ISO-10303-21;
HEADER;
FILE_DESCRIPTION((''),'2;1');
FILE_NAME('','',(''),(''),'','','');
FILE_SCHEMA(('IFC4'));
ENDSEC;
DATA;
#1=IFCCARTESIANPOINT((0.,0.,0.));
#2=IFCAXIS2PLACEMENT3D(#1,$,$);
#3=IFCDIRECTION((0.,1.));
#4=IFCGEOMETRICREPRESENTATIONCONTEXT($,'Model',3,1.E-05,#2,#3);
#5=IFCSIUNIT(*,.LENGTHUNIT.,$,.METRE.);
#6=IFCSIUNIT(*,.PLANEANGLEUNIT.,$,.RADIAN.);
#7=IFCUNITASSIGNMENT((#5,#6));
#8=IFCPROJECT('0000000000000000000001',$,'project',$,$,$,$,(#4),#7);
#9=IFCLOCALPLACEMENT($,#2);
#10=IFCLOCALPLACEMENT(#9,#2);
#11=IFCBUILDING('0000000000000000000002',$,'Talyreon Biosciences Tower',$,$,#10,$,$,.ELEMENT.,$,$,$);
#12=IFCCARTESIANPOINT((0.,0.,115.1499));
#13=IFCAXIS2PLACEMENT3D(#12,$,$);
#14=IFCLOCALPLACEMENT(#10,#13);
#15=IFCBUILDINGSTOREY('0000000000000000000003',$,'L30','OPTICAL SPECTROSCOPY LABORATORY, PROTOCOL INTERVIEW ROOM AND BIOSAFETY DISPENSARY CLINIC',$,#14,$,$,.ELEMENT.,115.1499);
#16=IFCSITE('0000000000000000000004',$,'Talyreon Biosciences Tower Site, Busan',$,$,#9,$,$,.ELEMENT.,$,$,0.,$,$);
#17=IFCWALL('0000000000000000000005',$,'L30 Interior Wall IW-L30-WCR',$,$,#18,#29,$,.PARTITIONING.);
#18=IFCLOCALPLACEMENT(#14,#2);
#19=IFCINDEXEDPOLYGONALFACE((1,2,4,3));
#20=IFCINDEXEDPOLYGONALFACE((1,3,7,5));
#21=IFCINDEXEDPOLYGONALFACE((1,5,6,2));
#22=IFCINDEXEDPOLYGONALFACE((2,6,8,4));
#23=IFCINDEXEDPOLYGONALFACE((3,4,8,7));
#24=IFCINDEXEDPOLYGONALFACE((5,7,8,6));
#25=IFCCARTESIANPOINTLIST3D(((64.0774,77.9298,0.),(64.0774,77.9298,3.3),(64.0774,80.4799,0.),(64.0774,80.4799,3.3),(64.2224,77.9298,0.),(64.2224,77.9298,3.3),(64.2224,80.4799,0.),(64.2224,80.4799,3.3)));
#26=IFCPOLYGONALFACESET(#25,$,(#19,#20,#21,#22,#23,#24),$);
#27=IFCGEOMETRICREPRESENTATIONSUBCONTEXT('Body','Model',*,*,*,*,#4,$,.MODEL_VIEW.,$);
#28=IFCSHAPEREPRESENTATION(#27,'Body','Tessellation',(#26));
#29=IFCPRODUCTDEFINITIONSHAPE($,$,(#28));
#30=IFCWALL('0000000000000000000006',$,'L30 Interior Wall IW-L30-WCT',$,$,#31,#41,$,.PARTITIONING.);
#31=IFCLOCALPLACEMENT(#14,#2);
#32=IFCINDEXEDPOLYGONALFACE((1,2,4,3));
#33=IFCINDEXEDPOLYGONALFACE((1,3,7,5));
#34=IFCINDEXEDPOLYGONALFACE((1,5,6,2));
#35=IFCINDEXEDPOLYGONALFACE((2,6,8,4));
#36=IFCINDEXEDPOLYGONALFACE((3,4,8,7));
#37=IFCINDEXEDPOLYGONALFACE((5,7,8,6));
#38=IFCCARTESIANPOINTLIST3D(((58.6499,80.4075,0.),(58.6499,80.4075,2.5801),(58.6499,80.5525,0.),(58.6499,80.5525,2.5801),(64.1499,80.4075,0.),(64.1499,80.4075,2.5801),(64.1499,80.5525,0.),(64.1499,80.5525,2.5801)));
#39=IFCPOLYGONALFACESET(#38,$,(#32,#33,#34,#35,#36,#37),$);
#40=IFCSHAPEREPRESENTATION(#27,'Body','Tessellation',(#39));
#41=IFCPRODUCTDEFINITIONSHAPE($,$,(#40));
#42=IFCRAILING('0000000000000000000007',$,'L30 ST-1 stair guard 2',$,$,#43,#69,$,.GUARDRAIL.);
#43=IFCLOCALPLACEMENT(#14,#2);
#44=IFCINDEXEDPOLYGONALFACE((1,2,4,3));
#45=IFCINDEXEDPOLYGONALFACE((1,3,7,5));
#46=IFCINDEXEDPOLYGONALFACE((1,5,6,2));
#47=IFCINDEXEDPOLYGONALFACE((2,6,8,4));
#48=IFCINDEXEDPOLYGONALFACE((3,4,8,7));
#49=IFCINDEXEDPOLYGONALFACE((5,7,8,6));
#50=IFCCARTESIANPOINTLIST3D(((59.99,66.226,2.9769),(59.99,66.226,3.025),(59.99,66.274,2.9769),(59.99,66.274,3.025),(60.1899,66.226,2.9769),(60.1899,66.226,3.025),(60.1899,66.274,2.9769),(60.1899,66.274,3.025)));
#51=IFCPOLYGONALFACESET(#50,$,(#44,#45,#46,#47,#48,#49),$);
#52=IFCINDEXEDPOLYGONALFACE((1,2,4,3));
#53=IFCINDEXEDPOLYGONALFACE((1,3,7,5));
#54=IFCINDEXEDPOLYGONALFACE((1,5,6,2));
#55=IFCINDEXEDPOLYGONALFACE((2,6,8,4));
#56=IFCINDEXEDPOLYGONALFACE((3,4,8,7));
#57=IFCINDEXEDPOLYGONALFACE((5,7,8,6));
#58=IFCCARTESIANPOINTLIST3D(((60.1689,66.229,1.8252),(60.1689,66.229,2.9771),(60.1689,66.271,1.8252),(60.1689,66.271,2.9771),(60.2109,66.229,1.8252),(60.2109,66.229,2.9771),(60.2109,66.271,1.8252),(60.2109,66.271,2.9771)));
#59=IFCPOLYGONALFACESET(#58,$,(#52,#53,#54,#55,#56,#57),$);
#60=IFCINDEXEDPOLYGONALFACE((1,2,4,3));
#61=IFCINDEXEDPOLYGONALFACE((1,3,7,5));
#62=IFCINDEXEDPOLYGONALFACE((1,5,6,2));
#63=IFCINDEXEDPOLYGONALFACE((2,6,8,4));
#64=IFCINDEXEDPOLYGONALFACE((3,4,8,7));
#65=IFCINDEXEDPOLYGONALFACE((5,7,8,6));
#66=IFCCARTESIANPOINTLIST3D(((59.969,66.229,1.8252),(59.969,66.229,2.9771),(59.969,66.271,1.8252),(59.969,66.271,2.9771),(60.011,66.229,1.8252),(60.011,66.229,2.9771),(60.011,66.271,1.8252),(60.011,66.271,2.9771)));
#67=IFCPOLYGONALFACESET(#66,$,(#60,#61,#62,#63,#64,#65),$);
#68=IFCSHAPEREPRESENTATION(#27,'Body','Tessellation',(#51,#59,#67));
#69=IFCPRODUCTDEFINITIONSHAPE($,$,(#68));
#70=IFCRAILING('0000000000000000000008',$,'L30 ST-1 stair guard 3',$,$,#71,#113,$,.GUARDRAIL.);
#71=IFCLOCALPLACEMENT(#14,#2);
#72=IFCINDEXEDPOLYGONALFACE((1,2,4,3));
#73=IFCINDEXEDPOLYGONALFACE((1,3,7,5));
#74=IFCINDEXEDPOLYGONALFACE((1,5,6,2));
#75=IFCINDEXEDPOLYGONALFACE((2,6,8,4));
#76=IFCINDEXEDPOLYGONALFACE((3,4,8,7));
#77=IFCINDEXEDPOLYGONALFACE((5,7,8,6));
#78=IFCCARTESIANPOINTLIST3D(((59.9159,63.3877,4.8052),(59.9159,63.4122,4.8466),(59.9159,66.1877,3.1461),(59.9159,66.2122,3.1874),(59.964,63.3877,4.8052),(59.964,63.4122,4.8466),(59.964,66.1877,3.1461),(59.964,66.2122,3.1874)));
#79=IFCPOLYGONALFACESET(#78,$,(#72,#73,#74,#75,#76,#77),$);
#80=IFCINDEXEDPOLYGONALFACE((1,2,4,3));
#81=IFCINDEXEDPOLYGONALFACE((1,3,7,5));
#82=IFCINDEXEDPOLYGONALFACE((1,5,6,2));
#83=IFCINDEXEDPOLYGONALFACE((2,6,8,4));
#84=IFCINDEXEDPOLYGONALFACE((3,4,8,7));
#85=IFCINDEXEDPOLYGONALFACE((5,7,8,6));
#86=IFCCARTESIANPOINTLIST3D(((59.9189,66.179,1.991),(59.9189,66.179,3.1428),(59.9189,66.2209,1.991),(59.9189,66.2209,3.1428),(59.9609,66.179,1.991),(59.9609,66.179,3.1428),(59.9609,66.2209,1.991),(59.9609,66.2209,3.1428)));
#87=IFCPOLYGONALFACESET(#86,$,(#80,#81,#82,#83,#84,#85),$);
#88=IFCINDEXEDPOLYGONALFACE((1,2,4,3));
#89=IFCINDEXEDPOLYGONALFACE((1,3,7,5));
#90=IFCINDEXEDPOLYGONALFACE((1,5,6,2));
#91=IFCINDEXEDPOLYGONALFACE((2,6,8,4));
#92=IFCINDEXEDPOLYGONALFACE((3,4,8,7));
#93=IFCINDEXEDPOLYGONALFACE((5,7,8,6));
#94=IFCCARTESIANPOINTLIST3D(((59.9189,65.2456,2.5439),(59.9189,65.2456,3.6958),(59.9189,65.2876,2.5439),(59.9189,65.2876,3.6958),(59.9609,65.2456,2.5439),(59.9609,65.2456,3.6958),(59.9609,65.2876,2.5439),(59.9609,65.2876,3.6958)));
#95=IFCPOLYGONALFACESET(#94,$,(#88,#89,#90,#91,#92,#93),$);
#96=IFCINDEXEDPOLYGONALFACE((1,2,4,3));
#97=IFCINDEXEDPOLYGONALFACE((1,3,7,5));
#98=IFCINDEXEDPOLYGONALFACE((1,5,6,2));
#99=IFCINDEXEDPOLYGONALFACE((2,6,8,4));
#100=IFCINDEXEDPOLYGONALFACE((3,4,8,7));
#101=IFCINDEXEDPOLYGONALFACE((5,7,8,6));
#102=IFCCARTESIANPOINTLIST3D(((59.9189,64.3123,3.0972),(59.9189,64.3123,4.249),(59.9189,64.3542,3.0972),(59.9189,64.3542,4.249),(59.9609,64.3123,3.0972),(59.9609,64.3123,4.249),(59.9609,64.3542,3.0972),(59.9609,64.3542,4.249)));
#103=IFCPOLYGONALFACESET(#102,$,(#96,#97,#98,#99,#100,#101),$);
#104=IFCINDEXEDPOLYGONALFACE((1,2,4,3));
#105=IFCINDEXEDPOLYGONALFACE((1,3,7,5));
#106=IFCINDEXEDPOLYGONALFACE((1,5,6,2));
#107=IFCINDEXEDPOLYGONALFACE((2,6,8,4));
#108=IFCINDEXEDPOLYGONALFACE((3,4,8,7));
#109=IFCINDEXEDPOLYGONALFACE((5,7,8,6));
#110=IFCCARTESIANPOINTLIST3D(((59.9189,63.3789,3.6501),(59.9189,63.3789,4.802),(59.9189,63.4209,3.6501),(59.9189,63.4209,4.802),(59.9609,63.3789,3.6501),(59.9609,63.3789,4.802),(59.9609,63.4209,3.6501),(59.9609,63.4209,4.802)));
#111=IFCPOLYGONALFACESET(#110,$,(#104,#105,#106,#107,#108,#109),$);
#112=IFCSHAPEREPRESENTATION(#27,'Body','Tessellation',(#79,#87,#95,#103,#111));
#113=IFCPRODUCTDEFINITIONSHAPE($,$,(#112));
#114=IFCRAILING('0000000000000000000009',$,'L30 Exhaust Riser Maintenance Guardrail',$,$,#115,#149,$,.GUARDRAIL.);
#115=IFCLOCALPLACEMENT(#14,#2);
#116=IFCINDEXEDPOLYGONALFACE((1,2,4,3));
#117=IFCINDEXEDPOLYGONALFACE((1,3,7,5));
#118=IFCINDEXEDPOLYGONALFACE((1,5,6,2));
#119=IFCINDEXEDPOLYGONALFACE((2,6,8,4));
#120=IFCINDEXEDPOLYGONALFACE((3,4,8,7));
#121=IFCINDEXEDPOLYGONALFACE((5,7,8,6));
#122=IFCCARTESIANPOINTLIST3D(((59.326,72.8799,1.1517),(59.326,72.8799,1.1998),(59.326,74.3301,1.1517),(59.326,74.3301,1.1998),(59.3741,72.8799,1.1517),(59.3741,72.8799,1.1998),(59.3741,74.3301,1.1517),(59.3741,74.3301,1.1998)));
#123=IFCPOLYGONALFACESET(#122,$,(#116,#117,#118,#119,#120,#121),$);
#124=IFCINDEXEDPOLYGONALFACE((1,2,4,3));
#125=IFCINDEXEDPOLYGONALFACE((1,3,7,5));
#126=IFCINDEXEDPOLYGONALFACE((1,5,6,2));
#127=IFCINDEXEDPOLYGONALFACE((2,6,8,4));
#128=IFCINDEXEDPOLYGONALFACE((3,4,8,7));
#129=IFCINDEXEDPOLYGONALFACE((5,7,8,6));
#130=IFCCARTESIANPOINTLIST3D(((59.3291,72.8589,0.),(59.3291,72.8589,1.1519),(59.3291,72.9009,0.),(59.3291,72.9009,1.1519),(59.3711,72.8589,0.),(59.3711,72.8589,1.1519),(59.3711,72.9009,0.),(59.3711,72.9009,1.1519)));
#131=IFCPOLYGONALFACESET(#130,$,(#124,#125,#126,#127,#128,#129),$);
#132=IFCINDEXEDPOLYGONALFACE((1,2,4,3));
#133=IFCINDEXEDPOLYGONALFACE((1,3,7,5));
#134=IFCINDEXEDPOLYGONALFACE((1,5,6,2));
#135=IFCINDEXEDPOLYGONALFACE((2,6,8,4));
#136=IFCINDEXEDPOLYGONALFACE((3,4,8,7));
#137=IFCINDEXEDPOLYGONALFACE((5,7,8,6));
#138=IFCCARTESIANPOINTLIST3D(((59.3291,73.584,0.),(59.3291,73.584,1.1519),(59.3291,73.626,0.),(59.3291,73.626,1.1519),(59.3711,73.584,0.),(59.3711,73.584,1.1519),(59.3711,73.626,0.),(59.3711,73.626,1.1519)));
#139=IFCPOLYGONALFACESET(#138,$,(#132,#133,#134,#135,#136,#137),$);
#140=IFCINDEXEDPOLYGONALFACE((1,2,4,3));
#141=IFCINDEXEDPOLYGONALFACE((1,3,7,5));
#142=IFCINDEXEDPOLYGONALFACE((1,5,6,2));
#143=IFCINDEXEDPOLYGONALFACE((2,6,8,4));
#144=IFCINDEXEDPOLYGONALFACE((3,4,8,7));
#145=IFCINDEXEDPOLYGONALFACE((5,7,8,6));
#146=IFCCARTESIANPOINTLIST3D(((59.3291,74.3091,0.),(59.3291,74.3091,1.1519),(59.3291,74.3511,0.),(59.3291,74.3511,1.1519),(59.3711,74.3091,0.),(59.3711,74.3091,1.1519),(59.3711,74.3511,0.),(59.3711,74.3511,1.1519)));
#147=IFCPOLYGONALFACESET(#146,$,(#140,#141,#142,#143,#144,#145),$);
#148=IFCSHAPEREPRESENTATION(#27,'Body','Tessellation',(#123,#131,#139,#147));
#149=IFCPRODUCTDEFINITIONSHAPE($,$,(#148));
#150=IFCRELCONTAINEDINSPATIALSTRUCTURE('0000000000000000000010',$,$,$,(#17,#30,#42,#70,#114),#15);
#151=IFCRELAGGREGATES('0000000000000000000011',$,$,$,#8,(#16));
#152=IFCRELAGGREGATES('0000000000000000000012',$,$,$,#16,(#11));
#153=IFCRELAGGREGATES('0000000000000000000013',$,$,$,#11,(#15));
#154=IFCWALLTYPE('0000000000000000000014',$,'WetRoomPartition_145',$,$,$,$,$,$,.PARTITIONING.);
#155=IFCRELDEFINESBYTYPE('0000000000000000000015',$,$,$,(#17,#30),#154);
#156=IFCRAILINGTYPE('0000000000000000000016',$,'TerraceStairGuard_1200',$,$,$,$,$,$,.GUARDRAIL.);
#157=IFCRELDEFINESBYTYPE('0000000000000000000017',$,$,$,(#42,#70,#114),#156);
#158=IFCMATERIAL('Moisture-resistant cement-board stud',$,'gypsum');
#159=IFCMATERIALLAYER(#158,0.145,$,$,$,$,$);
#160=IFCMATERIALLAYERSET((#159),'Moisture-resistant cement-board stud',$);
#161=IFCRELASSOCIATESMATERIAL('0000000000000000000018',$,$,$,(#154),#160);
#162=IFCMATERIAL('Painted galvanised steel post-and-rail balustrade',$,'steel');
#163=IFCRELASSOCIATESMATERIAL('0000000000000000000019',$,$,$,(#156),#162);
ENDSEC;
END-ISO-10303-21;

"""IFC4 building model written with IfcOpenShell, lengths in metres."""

from ifc_helpers import new_model, si_unit, direction, frame, frame_2d, origin, origin_2d, place, context, subcontext, project, spatial, rectangle, extrude, material, layer, layer_set, type_object, element, save


model = new_model("IFC4")

# Units and contexts
model_context = context("Model", 3, precision=1e-05, world=origin(), true_north=direction((0.0, 1.0)))
body_context = subcontext(model_context, "Body", "Model", "MODEL_VIEW")
ifc_project = project(units=[si_unit("LENGTHUNIT", "METRE"), si_unit("PLANEANGLEUNIT", "RADIAN")], contexts=[model_context])

# Site, building, storey
site_placement = place(None, origin())
site = spatial("IfcSite", under=ifc_project, at=site_placement, Name="Talyreon Biosciences Tower Site, Busan", CompositionType="ELEMENT", RefElevation=0.0)
building_placement = place(site_placement, origin())
building = spatial("IfcBuilding", under=site, at=building_placement, Name="Talyreon Biosciences Tower", CompositionType="ELEMENT")
storey_placement = place(building_placement, frame((0.0, 0.0, 115.1499)))
storey = spatial("IfcBuildingStorey", under=building, at=storey_placement, Name="L30", Description="OPTICAL SPECTROSCOPY LABORATORY, PROTOCOL INTERVIEW ROOM AND BIOSAFETY DISPENSARY CLINIC", CompositionType="ELEMENT", Elevation=115.1499)

# Walls
ifc_material_1 = material(Name="Moisture-resistant cement-board stud", Category="gypsum")
ifc_layer_1 = layer(ifc_material_1, 0.145)
ifc_layer_set_1 = layer_set([ifc_layer_1], Name="Moisture-resistant cement-board stud")
wall_type_1 = type_object("IfcWallType", Name="WetRoomPartition_145", PredefinedType="PARTITIONING", material=ifc_layer_set_1)
for number, where, z_axis, x_axis, name in (
    (1, (64.1499, 77.9299, 0.0), (0.0, 0.0, 1.0), (0.0, 1.0, 0.0), "L30 Interior Wall IW-L30-WCR"),
):
    element("IfcWall", number, at=place(storey_placement, frame(where, z_axis=z_axis, x_axis=x_axis)), inside=storey, type_object=wall_type_1, Name=name, PredefinedType="PARTITIONING", context=body_context, shape_type="SweptSolid", body=[
        extrude(rectangle(XDim=2.55, YDim=0.145, at=frame_2d((1.2749, 0.0))), origin(), (0.0, 0.0, 1.0), 3.3),
    ])
wall_1_placement = place(storey_placement, frame((58.6499, 80.48, 0.0), z_axis=(0.0, 0.0, 1.0), x_axis=(1.0, 0.0, 0.0)))
element("IfcWall", 2, at=wall_1_placement, inside=storey, type_object=wall_type_1, Name="L30 Interior Wall IW-L30-WCT", PredefinedType="PARTITIONING", context=body_context, shape_type="SweptSolid", body=[
    extrude(rectangle(XDim=5.5, YDim=0.145, at=frame_2d((2.75, 0.0))), origin(), (0.0, 0.0, 1.0), 2.5801),
])

# Railings
ifc_material_2 = material(Name="Painted galvanised steel post-and-rail balustrade", Category="steel")
railing_type = type_object("IfcRailingType", Name="TerraceStairGuard_1200", PredefinedType="GUARDRAIL", material=ifc_material_2)
railing_1_placement = place(storey_placement, frame((60.1899, 66.25, 1.8252)))
element("IfcRailing", 3, at=railing_1_placement, inside=storey, type_object=railing_type, Name="L30 ST-1 stair guard 2", PredefinedType="GUARDRAIL", context=body_context, shape_type="SweptSolid", body=[
    extrude(rectangle(XDim=0.0481, YDim=0.0481, at=origin_2d()), frame((0.0, 0.0, 1.1758), z_axis=(-1.0, 0.0, 0.0), x_axis=(0.0, -1.0, 0.0)), (0.0, 0.0, 1.0), 0.2),
    extrude(rectangle(XDim=0.042, YDim=0.042, at=origin_2d()), origin(), (0.0, 0.0, 1.0), 1.1519),
    extrude(rectangle(XDim=0.042, YDim=0.042, at=origin_2d()), frame((-0.2, 0.0, 0.0)), (0.0, 0.0, 1.0), 1.1519),
])
railing_2_placement = place(storey_placement, frame((59.9399, 66.2, 1.991)))
element("IfcRailing", 4, at=railing_2_placement, inside=storey, type_object=railing_type, Name="L30 ST-1 stair guard 3", PredefinedType="GUARDRAIL", context=body_context, shape_type="SweptSolid", body=[
    extrude(rectangle(XDim=0.0481, YDim=0.0481, at=origin_2d()), frame((0.0, 0.0, 1.1758), z_axis=(0.0, -0.860306, 0.509778), x_axis=(1.0, 0.0, 0.0)), (0.0, 0.0, 1.0), 3.2546),
    extrude(rectangle(XDim=0.042, YDim=0.042, at=origin_2d()), origin(), (0.0, 0.0, 1.0), 1.1519),
    extrude(rectangle(XDim=0.042, YDim=0.042, at=origin_2d()), frame((0.0, -0.9333, 0.553)), (0.0, 0.0, 1.0), 1.1519),
    extrude(rectangle(XDim=0.042, YDim=0.042, at=origin_2d()), frame((0.0, -1.8667, 1.1062)), (0.0, 0.0, 1.0), 1.1519),
    extrude(rectangle(XDim=0.042, YDim=0.042, at=origin_2d()), frame((0.0, -2.8, 1.6592)), (0.0, 0.0, 1.0), 1.1519),
])
railing_3_placement = place(storey_placement, frame((59.3501, 72.8799, 0.0)))
element("IfcRailing", 5, at=railing_3_placement, inside=storey, type_object=railing_type, Name="L30 Exhaust Riser Maintenance Guardrail", PredefinedType="GUARDRAIL", context=body_context, shape_type="SweptSolid", body=[
    extrude(rectangle(XDim=0.0481, YDim=0.0481, at=origin_2d()), frame((0.0, 0.0, 1.1758), z_axis=(0.0, 1.0, 0.0), x_axis=(-1.0, 0.0, 0.0)), (0.0, 0.0, 1.0), 1.4502),
    extrude(rectangle(XDim=0.042, YDim=0.042, at=origin_2d()), origin(), (0.0, 0.0, 1.0), 1.1519),
    extrude(rectangle(XDim=0.042, YDim=0.042, at=origin_2d()), frame((0.0, 0.7251, 0.0)), (0.0, 0.0, 1.0), 1.1519),
    extrude(rectangle(XDim=0.042, YDim=0.042, at=origin_2d()), frame((0.0, 1.4502, 0.0)), (0.0, 0.0, 1.0), 1.1519),
])

save(model, "model.ifc")
